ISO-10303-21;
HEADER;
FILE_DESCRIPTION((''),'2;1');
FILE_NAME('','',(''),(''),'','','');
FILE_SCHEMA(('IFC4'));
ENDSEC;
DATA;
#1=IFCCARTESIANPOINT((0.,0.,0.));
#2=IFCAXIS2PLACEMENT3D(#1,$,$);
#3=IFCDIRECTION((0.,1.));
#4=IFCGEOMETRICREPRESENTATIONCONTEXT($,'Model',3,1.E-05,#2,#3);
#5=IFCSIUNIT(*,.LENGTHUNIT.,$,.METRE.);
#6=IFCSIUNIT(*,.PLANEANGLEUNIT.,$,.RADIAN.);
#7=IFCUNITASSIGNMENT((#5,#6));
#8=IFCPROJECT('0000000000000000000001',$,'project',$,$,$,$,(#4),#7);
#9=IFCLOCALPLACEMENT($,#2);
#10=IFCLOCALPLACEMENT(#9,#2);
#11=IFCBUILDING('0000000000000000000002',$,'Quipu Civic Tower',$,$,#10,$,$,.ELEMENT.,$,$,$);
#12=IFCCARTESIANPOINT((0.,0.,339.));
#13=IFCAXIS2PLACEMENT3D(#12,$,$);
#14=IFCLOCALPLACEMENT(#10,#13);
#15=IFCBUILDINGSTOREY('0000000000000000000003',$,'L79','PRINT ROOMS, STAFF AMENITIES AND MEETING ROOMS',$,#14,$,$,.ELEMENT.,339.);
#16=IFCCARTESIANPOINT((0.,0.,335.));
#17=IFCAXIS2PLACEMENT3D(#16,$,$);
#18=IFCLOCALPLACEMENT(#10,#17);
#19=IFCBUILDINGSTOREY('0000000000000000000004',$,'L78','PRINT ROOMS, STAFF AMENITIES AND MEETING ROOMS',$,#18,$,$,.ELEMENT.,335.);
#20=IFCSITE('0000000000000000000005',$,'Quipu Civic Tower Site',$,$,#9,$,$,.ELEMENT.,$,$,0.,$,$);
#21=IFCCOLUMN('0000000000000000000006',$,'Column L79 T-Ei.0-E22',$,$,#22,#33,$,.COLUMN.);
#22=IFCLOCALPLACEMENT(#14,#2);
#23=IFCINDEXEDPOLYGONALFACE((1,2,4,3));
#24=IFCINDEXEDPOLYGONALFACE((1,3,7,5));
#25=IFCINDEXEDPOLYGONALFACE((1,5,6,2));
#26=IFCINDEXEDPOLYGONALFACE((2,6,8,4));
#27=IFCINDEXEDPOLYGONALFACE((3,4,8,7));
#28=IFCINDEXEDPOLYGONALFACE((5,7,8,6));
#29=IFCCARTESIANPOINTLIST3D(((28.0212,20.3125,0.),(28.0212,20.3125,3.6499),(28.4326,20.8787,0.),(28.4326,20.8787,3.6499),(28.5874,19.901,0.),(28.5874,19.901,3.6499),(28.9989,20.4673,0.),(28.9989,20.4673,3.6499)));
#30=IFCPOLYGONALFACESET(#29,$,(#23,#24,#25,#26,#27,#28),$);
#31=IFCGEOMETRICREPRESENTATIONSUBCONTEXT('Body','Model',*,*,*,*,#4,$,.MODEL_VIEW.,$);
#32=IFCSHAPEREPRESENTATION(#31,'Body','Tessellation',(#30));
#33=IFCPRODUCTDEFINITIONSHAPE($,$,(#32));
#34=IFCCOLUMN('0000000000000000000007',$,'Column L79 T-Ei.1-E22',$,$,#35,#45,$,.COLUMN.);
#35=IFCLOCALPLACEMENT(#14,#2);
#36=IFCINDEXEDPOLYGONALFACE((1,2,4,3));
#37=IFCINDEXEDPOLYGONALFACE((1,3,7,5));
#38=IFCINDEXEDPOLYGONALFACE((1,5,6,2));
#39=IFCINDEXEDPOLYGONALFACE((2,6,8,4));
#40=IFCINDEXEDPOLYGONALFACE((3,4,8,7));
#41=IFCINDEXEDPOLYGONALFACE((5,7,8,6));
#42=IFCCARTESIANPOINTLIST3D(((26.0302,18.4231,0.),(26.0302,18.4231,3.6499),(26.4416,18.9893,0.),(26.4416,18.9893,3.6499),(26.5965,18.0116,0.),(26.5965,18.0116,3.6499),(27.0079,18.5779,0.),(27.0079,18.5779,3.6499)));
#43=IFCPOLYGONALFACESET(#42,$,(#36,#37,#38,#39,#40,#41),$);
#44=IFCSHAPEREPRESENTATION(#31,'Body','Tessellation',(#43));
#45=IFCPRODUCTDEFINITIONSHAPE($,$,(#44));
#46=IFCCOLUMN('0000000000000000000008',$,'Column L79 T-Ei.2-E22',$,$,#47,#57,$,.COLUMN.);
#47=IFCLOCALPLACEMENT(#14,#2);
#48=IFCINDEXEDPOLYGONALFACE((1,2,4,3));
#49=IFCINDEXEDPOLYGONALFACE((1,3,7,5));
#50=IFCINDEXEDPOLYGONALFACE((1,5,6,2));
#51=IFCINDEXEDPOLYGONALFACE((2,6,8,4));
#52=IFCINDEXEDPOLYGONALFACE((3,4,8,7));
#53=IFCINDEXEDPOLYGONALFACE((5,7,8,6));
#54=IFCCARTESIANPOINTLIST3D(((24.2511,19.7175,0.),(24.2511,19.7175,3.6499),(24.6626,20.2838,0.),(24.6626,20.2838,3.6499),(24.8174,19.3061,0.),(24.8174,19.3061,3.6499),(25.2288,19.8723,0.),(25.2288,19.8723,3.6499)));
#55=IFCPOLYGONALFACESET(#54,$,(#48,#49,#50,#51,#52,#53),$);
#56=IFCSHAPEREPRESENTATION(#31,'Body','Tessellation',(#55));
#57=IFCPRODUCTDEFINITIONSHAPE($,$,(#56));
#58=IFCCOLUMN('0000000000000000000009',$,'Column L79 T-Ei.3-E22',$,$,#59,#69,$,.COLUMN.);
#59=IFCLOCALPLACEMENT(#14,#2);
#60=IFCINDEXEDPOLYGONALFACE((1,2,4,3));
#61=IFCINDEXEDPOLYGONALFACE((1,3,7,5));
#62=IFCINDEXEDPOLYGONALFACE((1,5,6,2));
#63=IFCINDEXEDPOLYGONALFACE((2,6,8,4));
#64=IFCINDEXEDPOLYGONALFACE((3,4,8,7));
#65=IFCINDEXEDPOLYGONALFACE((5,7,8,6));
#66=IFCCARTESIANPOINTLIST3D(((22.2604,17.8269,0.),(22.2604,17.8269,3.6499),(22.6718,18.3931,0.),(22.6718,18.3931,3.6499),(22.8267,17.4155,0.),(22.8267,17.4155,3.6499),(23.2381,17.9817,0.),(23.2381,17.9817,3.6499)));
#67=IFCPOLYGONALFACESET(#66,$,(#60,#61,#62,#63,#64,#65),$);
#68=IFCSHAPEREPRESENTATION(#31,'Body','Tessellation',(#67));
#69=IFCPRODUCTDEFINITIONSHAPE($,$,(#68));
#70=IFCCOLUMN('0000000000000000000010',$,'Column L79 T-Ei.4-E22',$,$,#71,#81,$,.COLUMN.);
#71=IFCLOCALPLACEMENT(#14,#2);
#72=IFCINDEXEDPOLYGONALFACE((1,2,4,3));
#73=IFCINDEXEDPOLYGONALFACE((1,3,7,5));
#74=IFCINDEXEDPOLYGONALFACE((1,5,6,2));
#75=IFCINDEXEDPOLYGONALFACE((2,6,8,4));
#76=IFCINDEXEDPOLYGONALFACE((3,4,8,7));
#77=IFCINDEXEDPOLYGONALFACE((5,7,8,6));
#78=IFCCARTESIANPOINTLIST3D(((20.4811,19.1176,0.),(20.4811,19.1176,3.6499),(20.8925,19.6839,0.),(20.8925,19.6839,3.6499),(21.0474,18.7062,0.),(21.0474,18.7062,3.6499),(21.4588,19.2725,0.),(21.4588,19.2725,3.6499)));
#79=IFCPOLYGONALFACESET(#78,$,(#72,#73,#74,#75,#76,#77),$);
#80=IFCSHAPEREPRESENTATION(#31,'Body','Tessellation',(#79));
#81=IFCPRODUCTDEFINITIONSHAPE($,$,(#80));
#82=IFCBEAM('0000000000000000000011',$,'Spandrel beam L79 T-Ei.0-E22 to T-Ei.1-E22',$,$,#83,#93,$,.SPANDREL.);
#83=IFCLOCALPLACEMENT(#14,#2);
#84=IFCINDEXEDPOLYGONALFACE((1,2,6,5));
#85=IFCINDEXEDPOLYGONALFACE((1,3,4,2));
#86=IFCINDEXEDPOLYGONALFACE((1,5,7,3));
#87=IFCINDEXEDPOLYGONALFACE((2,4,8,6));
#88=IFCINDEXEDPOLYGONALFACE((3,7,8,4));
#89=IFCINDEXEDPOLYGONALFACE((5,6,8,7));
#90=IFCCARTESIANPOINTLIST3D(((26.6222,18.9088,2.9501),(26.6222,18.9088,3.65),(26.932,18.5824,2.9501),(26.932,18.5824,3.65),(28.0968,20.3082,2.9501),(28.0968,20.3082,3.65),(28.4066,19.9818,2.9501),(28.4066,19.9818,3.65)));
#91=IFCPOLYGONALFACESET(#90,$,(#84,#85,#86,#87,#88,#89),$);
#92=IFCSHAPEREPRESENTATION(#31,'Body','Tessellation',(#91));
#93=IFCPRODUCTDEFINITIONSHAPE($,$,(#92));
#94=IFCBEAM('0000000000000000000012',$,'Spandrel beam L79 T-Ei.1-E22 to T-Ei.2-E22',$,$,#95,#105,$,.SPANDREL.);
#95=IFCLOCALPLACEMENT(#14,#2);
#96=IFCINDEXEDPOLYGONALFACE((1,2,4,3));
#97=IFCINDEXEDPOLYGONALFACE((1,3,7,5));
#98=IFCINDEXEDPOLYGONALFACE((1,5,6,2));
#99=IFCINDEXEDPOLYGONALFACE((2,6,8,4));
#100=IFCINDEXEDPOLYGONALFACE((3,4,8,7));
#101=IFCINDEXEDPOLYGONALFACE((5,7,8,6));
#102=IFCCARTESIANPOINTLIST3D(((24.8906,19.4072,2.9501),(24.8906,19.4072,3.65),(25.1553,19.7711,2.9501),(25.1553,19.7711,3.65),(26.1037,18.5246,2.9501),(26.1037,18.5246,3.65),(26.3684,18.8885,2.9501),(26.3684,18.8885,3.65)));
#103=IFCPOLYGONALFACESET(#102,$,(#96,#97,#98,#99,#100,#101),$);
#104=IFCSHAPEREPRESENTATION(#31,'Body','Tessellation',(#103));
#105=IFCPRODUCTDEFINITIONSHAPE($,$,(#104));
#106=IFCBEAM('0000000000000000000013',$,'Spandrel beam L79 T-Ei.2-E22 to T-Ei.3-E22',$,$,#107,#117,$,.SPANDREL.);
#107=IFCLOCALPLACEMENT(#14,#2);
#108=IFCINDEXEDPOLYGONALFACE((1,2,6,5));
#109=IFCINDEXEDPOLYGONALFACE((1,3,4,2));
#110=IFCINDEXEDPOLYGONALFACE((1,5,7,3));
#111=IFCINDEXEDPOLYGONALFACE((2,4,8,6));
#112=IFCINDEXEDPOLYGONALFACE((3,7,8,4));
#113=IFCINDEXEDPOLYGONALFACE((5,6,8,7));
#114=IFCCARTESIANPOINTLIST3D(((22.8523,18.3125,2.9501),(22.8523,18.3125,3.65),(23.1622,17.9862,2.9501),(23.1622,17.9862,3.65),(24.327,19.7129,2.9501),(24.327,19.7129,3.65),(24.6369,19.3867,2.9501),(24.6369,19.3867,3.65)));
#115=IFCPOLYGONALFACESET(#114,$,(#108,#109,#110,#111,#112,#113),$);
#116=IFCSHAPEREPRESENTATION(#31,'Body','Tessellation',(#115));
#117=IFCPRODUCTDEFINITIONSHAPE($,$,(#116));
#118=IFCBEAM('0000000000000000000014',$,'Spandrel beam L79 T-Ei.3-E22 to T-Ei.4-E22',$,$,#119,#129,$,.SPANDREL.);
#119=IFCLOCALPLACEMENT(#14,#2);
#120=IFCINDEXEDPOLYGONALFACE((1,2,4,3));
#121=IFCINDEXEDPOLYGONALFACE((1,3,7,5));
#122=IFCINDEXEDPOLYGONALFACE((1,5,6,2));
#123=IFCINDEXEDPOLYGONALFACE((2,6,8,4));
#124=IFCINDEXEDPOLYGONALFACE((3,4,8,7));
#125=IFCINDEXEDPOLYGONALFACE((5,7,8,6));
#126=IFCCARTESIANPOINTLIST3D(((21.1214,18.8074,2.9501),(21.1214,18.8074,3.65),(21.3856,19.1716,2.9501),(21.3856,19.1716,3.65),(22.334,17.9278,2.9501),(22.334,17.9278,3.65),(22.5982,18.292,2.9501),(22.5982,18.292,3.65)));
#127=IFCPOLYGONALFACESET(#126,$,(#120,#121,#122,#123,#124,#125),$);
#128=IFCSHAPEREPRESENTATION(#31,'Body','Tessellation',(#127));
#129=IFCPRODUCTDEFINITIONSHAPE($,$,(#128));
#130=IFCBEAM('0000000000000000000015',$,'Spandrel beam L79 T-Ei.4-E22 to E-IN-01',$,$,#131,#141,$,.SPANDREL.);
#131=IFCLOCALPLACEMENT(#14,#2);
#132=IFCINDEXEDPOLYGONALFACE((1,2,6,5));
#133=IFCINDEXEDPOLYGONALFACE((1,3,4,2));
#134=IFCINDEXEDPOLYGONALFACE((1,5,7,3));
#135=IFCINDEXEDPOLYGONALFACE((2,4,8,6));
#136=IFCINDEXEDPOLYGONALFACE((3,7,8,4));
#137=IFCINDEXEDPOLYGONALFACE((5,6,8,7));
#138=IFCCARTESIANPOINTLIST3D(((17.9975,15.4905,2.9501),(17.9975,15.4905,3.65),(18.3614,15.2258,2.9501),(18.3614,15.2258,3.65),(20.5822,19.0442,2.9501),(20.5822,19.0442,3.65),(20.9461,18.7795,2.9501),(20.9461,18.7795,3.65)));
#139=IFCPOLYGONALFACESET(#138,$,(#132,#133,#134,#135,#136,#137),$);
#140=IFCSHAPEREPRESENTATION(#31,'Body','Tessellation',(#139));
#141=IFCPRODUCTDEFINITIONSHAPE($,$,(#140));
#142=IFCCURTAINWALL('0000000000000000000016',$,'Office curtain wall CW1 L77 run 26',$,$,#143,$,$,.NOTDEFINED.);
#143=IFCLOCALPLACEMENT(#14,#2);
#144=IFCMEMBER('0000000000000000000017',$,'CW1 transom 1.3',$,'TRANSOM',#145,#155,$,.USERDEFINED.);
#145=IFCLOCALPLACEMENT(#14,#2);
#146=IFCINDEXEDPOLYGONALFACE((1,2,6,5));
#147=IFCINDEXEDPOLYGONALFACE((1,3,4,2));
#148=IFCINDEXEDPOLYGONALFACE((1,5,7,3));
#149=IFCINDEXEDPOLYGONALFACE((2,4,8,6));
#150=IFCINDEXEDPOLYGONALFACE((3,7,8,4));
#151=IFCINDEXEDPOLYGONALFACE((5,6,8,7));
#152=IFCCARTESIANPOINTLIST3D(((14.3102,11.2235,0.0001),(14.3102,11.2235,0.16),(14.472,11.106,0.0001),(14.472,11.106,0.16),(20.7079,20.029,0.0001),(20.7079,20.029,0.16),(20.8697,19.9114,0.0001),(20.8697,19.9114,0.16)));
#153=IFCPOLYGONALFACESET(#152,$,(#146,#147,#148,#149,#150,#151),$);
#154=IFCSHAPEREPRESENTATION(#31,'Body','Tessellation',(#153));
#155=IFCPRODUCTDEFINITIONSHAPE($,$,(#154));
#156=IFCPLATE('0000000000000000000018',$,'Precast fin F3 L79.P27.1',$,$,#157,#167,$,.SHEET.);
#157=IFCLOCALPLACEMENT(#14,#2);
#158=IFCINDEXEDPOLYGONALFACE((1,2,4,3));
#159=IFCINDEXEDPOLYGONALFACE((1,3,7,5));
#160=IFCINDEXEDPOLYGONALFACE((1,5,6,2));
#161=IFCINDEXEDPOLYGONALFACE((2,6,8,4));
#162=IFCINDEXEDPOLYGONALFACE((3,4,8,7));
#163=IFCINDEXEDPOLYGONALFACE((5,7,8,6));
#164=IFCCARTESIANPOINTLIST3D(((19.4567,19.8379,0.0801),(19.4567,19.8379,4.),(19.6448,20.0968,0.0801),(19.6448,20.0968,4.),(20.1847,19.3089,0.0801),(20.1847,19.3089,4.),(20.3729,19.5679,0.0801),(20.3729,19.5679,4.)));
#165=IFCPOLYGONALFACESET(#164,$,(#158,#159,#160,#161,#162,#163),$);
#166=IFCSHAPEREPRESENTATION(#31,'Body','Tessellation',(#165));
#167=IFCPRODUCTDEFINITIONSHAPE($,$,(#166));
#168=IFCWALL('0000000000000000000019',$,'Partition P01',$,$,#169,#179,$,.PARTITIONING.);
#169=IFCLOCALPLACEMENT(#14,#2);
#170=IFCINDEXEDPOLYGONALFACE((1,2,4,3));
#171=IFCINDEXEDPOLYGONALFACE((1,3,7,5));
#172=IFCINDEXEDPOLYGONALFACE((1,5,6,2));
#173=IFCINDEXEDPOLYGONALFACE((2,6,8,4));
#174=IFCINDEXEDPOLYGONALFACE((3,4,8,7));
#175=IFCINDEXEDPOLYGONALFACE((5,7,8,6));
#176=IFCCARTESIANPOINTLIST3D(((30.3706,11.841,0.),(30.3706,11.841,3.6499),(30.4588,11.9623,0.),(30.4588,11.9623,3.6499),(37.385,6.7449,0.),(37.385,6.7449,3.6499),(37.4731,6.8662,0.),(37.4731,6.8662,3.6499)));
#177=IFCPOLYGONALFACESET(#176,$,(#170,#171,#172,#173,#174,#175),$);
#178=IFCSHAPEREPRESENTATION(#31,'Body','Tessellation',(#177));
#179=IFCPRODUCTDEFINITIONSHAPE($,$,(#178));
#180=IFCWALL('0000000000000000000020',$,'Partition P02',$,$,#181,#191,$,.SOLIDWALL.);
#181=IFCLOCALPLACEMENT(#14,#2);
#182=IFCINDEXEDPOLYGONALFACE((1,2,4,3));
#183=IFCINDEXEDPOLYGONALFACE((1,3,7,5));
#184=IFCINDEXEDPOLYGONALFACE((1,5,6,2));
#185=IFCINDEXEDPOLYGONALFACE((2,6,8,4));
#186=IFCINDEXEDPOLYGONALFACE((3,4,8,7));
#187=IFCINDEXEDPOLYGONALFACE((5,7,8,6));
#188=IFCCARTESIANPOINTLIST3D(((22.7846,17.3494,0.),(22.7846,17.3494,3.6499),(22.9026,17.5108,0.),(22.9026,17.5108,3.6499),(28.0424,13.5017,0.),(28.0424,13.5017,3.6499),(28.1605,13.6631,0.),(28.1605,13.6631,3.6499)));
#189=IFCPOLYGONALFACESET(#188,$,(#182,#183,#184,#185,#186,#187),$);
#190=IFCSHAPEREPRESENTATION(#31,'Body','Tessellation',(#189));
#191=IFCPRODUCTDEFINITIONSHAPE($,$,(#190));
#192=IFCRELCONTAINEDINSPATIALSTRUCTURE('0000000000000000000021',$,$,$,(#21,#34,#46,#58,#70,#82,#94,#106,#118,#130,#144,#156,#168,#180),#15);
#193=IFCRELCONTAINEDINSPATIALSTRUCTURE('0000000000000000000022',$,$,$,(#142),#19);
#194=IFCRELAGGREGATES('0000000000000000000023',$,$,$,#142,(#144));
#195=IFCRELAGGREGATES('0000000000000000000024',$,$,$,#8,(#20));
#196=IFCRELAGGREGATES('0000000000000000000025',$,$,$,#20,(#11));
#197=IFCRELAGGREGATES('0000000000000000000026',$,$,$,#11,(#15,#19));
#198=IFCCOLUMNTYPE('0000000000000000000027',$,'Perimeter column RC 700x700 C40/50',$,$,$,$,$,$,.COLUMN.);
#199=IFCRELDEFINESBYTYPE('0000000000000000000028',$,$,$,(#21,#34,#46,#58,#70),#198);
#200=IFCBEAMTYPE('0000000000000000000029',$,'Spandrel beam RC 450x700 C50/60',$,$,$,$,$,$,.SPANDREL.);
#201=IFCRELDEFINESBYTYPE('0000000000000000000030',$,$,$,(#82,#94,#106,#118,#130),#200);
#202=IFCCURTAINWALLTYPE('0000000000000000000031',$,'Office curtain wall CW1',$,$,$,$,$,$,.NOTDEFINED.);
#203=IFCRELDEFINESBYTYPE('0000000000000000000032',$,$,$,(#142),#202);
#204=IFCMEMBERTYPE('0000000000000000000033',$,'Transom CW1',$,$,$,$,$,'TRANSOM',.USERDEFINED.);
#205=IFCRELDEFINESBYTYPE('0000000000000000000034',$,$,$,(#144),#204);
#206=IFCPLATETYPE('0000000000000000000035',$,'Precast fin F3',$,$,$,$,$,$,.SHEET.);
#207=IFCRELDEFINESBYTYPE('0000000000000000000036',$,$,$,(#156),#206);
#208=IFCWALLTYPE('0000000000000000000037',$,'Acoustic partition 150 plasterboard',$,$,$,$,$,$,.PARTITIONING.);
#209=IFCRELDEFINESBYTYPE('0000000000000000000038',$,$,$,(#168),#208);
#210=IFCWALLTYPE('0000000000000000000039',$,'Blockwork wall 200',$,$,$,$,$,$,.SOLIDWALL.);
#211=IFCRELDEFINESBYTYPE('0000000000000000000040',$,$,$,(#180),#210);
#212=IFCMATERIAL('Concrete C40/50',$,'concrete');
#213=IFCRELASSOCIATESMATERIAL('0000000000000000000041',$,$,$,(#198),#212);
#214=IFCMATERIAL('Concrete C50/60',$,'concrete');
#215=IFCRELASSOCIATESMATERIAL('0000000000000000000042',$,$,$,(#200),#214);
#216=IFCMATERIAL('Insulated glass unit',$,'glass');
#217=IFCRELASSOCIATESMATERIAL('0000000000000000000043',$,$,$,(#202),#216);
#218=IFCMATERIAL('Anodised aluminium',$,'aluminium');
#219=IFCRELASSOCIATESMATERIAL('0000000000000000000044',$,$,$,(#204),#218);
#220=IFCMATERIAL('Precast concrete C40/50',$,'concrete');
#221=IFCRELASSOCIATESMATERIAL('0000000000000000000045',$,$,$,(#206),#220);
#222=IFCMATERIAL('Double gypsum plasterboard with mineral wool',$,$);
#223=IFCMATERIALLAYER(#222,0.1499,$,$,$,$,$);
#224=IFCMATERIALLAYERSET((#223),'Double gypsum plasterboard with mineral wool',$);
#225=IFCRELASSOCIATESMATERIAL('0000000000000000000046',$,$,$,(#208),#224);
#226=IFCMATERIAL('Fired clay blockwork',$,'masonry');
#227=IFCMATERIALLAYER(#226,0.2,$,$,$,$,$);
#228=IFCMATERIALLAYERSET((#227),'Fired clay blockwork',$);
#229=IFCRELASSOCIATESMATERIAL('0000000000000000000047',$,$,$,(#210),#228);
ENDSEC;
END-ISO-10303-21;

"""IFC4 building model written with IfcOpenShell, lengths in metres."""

from ifc_helpers import new_model, si_unit, direction, frame, frame_2d, origin, origin_2d, place, context, subcontext, project, spatial, rectangle, extrude, material, layer, layer_set, material_profile, profile_set, type_object, element, aggregate, save


model = new_model("IFC4")

# Units and contexts
model_context = context("Model", 3, precision=1e-05, world=origin(), true_north=direction((0.0, 1.0)))
body_context = subcontext(model_context, "Body", "Model", "MODEL_VIEW")
ifc_project = project(units=[si_unit("LENGTHUNIT", "METRE"), si_unit("PLANEANGLEUNIT", "RADIAN")], contexts=[model_context])

# Site, building, storey
site_placement = place(None, origin())
site = spatial("IfcSite", under=ifc_project, at=site_placement, Name="Quipu Civic Tower Site", CompositionType="ELEMENT", RefElevation=0.0)
building_placement = place(site_placement, origin())
building = spatial("IfcBuilding", under=site, at=building_placement, Name="Quipu Civic Tower", CompositionType="ELEMENT")
storey_1_placement = place(building_placement, frame((0.0, 0.0, 339.0)))
storey_1 = spatial("IfcBuildingStorey", under=building, at=storey_1_placement, Name="L79", Description="PRINT ROOMS, STAFF AMENITIES AND MEETING ROOMS", CompositionType="ELEMENT", Elevation=339.0)

# Columns
ifc_material_1 = material(Name="Concrete C40/50", Category="concrete")
ifc_material_profile_1 = material_profile(ifc_material_1, rectangle(XDim=0.7, YDim=0.7, at=origin_2d()), Name="RC700x700")
ifc_profile_set_1 = profile_set([ifc_material_profile_1], Name="Concrete C40/50")
column_type = type_object("IfcColumnType", Name="Perimeter column RC 700x700 C40/50", PredefinedType="COLUMN", material=ifc_profile_set_1)
for number, where, z_axis, x_axis, name in (
    (1, (28.51, 20.3899, 0.0), (0.0, 0.0, 1.0), (-0.587785, -0.809017, 0.0), "Column L79 T-Ei.0-E22"),
    (2, (26.519, 18.5005, 0.0), (0.0, 0.0, 1.0), (-0.809017, 0.587785, 0.0), "Column L79 T-Ei.1-E22"),
    (3, (24.74, 19.7949, 0.0), (0.0, 0.0, 1.0), (-0.587785, -0.809017, 0.0), "Column L79 T-Ei.2-E22"),
    (4, (22.7493, 17.9043, 0.0), (0.0, 0.0, 1.0), (-0.587785, -0.809017, 0.0), "Column L79 T-Ei.3-E22"),
    (5, (20.97, 19.1951, 0.0), (0.0, 0.0, 1.0), (-0.587785, -0.809017, 0.0), "Column L79 T-Ei.4-E22"),
):
    element("IfcColumn", number, at=place(storey_1_placement, frame(where, z_axis=z_axis, x_axis=x_axis)), inside=storey_1, type_object=column_type, Name=name, PredefinedType="COLUMN", context=body_context, shape_type="SweptSolid", body=[
        extrude(rectangle(XDim=0.7, YDim=0.7, at=origin_2d()), origin(), (0.0, 0.0, 1.0), 3.6499),
    ])

# Beams
ifc_material_2 = material(Name="Concrete C50/60", Category="concrete")
ifc_material_profile_2 = material_profile(ifc_material_2, rectangle(XDim=0.45, YDim=0.7, at=origin_2d()), Name="RC450x700")
ifc_profile_set_2 = profile_set([ifc_material_profile_2], Name="Concrete C50/60")
beam_type = type_object("IfcBeamType", Name="Spandrel beam RC 450x700 C50/60", PredefinedType="SPANDREL", material=ifc_profile_set_2)
beam_1_placement = place(storey_1_placement, frame((28.2517, 20.145, 3.3), z_axis=(-0.725359, -0.688371, 0.0), x_axis=(0.688371, -0.725359, 0.0)))
element("IfcBeam", 6, at=beam_1_placement, inside=storey_1, type_object=beam_type, Name="Spandrel beam L79 T-Ei.0-E22 to T-Ei.1-E22", PredefinedType="SPANDREL", context=body_context, shape_type="SweptSolid", body=[
    extrude(rectangle(XDim=0.45, YDim=0.7, at=origin_2d()), origin(), (0.0, 0.0, 1.0), 2.033),
])
beam_2_placement = place(storey_1_placement, frame((26.2361, 18.7065, 3.3), z_axis=(-0.808645, 0.588297, 0.0), x_axis=(-0.588297, -0.808645, 0.0)))
element("IfcBeam", 7, at=beam_2_placement, inside=storey_1, type_object=beam_type, Name="Spandrel beam L79 T-Ei.1-E22 to T-Ei.2-E22", PredefinedType="SPANDREL", context=body_context, shape_type="SweptSolid", body=[
    extrude(rectangle(XDim=0.45, YDim=0.7, at=origin_2d()), origin(), (0.0, 0.0, 1.0), 1.5002),
])
beam_3_placement = place(storey_1_placement, frame((24.4819, 19.5498, 3.3), z_axis=(-0.725119, -0.688623, 0.0), x_axis=(0.688623, -0.725119, 0.0)))
element("IfcBeam", 8, at=beam_3_placement, inside=storey_1, type_object=beam_type, Name="Spandrel beam L79 T-Ei.2-E22 to T-Ei.3-E22", PredefinedType="SPANDREL", context=body_context, shape_type="SweptSolid", body=[
    extrude(rectangle(XDim=0.45, YDim=0.7, at=origin_2d()), origin(), (0.0, 0.0, 1.0), 2.0337),
])
beam_4_placement = place(storey_1_placement, frame((22.4661, 18.1099, 3.3), z_axis=(-0.809461, 0.587173, 0.0), x_axis=(-0.587173, -0.809461, 0.0)))
element("IfcBeam", 9, at=beam_4_placement, inside=storey_1, type_object=beam_type, Name="Spandrel beam L79 T-Ei.3-E22 to T-Ei.4-E22", PredefinedType="SPANDREL", context=body_context, shape_type="SweptSolid", body=[
    extrude(rectangle(XDim=0.45, YDim=0.7, at=origin_2d()), origin(), (0.0, 0.0, 1.0), 1.498),
])
beam_5_placement = place(storey_1_placement, frame((20.7642, 18.9119, 3.3), z_axis=(-0.588201, -0.808714, 0.0), x_axis=(0.808714, -0.588201, 0.0)))
element("IfcBeam", 10, at=beam_5_placement, inside=storey_1, type_object=beam_type, Name="Spandrel beam L79 T-Ei.4-E22 to E-IN-01", PredefinedType="SPANDREL", context=body_context, shape_type="SweptSolid", body=[
    extrude(rectangle(XDim=0.45, YDim=0.7, at=origin_2d()), origin(), (0.0, 0.0, 1.0), 4.3943),
])

# Shared definitions
storey_2_placement = place(building_placement, frame((0.0, 0.0, 335.0)))
storey_2 = spatial("IfcBuildingStorey", under=building, at=storey_2_placement, Name="L78", Description="PRINT ROOMS, STAFF AMENITIES AND MEETING ROOMS", CompositionType="ELEMENT", Elevation=335.0)

# Curtain wall, member
ifc_material_3 = material(Name="Insulated glass unit", Category="glass")
curtain_wall_type = type_object("IfcCurtainWallType", Name="Office curtain wall CW1", PredefinedType="NOTDEFINED", material=ifc_material_3)
curtain_wall_placement = place(storey_2_placement, origin())
curtain_wall = element("IfcCurtainWall", 11, at=curtain_wall_placement, inside=storey_2, type_object=curtain_wall_type, Name="Office curtain wall CW1 L77 run 26", PredefinedType="NOTDEFINED")
ifc_material_4 = material(Name="Anodised aluminium", Category="aluminium")
ifc_material_profile_3 = material_profile(ifc_material_4, rectangle(XDim=0.2, YDim=0.1599, at=origin_2d()), Name="RECT 200x160")
ifc_profile_set_3 = profile_set([ifc_material_profile_3], Name="Anodised aluminium")
member_type = type_object("IfcMemberType", Name="Transom CW1", ElementType="TRANSOM", PredefinedType="USERDEFINED", material=ifc_profile_set_3)
member_placement = place(storey_1_placement, frame((20.7888, 19.9702, 0.0801), z_axis=(-0.587797, -0.809009, 0.0), x_axis=(0.809009, -0.587797, 0.0)))
member = element("IfcMember", 12, at=member_placement, inside=storey_1, type_object=member_type, Name="CW1 transom 1.3", ObjectType="TRANSOM", PredefinedType="USERDEFINED", context=body_context, shape_type="SweptSolid", body=[
    extrude(rectangle(XDim=0.2, YDim=0.1599, at=origin_2d()), origin(), (0.0, 0.0, 1.0), 10.8843),
])
aggregate(curtain_wall, [member])

# Plate
ifc_material_5 = material(Name="Precast concrete C40/50", Category="concrete")
plate_type = type_object("IfcPlateType", Name="Precast fin F3", PredefinedType="SHEET", material=ifc_material_5)
plate_placement = place(storey_1_placement, frame((19.9148, 19.7029, 0.0801), z_axis=(0.0, 0.0, 1.0), x_axis=(-0.587784, -0.809018, 0.0)))
element("IfcPlate", 13, at=plate_placement, inside=storey_1, type_object=plate_type, Name="Precast fin F3 L79.P27.1", PredefinedType="SHEET", context=body_context, shape_type="SweptSolid", body=[
    extrude(rectangle(XDim=0.3201, YDim=0.8999, at=origin_2d()), origin(), (0.0, 0.0, 1.0), 3.9199),
])

# Walls
ifc_material_6 = material(Name="Double gypsum plasterboard with mineral wool")
ifc_layer_1 = layer(ifc_material_6, 0.1499)
ifc_layer_set_1 = layer_set([ifc_layer_1], Name="Double gypsum plasterboard with mineral wool")
wall_type_1 = type_object("IfcWallType", Name="Acoustic partition 150 plasterboard", PredefinedType="PARTITIONING", material=ifc_layer_set_1)
wall_1_placement = place(storey_1_placement, frame((30.4148, 11.9016, 0.0), z_axis=(0.0, 0.0, 1.0), x_axis=(0.809021, -0.58778, 0.0)))
element("IfcWall", 14, at=wall_1_placement, inside=storey_1, type_object=wall_type_1, Name="Partition P01", PredefinedType="PARTITIONING", context=body_context, shape_type="SweptSolid", body=[
    extrude(rectangle(XDim=8.6702, YDim=0.1499, at=frame_2d((4.335, 0.0))), origin(), (0.0, 0.0, 1.0), 3.6499),
])
ifc_material_7 = material(Name="Fired clay blockwork", Category="masonry")
ifc_layer_2 = layer(ifc_material_7, 0.2)
ifc_layer_set_2 = layer_set([ifc_layer_2], Name="Fired clay blockwork")
wall_type_2 = type_object("IfcWallType", Name="Blockwork wall 200", PredefinedType="SOLIDWALL", material=ifc_layer_set_2)
wall_2_placement = place(storey_1_placement, frame((22.8435, 17.4302, 0.0), z_axis=(0.0, 0.0, 1.0), x_axis=(0.806995, -0.590558, 0.0)))
element("IfcWall", 15, at=wall_2_placement, inside=storey_1, type_object=wall_type_2, Name="Partition P02", PredefinedType="SOLIDWALL", context=body_context, shape_type="SweptSolid", body=[
    extrude(rectangle(XDim=6.5154, YDim=0.2, at=frame_2d((3.2578, 0.0))), origin(), (0.0, 0.0, 1.0), 3.6499),
])

save(model, "model.ifc")
